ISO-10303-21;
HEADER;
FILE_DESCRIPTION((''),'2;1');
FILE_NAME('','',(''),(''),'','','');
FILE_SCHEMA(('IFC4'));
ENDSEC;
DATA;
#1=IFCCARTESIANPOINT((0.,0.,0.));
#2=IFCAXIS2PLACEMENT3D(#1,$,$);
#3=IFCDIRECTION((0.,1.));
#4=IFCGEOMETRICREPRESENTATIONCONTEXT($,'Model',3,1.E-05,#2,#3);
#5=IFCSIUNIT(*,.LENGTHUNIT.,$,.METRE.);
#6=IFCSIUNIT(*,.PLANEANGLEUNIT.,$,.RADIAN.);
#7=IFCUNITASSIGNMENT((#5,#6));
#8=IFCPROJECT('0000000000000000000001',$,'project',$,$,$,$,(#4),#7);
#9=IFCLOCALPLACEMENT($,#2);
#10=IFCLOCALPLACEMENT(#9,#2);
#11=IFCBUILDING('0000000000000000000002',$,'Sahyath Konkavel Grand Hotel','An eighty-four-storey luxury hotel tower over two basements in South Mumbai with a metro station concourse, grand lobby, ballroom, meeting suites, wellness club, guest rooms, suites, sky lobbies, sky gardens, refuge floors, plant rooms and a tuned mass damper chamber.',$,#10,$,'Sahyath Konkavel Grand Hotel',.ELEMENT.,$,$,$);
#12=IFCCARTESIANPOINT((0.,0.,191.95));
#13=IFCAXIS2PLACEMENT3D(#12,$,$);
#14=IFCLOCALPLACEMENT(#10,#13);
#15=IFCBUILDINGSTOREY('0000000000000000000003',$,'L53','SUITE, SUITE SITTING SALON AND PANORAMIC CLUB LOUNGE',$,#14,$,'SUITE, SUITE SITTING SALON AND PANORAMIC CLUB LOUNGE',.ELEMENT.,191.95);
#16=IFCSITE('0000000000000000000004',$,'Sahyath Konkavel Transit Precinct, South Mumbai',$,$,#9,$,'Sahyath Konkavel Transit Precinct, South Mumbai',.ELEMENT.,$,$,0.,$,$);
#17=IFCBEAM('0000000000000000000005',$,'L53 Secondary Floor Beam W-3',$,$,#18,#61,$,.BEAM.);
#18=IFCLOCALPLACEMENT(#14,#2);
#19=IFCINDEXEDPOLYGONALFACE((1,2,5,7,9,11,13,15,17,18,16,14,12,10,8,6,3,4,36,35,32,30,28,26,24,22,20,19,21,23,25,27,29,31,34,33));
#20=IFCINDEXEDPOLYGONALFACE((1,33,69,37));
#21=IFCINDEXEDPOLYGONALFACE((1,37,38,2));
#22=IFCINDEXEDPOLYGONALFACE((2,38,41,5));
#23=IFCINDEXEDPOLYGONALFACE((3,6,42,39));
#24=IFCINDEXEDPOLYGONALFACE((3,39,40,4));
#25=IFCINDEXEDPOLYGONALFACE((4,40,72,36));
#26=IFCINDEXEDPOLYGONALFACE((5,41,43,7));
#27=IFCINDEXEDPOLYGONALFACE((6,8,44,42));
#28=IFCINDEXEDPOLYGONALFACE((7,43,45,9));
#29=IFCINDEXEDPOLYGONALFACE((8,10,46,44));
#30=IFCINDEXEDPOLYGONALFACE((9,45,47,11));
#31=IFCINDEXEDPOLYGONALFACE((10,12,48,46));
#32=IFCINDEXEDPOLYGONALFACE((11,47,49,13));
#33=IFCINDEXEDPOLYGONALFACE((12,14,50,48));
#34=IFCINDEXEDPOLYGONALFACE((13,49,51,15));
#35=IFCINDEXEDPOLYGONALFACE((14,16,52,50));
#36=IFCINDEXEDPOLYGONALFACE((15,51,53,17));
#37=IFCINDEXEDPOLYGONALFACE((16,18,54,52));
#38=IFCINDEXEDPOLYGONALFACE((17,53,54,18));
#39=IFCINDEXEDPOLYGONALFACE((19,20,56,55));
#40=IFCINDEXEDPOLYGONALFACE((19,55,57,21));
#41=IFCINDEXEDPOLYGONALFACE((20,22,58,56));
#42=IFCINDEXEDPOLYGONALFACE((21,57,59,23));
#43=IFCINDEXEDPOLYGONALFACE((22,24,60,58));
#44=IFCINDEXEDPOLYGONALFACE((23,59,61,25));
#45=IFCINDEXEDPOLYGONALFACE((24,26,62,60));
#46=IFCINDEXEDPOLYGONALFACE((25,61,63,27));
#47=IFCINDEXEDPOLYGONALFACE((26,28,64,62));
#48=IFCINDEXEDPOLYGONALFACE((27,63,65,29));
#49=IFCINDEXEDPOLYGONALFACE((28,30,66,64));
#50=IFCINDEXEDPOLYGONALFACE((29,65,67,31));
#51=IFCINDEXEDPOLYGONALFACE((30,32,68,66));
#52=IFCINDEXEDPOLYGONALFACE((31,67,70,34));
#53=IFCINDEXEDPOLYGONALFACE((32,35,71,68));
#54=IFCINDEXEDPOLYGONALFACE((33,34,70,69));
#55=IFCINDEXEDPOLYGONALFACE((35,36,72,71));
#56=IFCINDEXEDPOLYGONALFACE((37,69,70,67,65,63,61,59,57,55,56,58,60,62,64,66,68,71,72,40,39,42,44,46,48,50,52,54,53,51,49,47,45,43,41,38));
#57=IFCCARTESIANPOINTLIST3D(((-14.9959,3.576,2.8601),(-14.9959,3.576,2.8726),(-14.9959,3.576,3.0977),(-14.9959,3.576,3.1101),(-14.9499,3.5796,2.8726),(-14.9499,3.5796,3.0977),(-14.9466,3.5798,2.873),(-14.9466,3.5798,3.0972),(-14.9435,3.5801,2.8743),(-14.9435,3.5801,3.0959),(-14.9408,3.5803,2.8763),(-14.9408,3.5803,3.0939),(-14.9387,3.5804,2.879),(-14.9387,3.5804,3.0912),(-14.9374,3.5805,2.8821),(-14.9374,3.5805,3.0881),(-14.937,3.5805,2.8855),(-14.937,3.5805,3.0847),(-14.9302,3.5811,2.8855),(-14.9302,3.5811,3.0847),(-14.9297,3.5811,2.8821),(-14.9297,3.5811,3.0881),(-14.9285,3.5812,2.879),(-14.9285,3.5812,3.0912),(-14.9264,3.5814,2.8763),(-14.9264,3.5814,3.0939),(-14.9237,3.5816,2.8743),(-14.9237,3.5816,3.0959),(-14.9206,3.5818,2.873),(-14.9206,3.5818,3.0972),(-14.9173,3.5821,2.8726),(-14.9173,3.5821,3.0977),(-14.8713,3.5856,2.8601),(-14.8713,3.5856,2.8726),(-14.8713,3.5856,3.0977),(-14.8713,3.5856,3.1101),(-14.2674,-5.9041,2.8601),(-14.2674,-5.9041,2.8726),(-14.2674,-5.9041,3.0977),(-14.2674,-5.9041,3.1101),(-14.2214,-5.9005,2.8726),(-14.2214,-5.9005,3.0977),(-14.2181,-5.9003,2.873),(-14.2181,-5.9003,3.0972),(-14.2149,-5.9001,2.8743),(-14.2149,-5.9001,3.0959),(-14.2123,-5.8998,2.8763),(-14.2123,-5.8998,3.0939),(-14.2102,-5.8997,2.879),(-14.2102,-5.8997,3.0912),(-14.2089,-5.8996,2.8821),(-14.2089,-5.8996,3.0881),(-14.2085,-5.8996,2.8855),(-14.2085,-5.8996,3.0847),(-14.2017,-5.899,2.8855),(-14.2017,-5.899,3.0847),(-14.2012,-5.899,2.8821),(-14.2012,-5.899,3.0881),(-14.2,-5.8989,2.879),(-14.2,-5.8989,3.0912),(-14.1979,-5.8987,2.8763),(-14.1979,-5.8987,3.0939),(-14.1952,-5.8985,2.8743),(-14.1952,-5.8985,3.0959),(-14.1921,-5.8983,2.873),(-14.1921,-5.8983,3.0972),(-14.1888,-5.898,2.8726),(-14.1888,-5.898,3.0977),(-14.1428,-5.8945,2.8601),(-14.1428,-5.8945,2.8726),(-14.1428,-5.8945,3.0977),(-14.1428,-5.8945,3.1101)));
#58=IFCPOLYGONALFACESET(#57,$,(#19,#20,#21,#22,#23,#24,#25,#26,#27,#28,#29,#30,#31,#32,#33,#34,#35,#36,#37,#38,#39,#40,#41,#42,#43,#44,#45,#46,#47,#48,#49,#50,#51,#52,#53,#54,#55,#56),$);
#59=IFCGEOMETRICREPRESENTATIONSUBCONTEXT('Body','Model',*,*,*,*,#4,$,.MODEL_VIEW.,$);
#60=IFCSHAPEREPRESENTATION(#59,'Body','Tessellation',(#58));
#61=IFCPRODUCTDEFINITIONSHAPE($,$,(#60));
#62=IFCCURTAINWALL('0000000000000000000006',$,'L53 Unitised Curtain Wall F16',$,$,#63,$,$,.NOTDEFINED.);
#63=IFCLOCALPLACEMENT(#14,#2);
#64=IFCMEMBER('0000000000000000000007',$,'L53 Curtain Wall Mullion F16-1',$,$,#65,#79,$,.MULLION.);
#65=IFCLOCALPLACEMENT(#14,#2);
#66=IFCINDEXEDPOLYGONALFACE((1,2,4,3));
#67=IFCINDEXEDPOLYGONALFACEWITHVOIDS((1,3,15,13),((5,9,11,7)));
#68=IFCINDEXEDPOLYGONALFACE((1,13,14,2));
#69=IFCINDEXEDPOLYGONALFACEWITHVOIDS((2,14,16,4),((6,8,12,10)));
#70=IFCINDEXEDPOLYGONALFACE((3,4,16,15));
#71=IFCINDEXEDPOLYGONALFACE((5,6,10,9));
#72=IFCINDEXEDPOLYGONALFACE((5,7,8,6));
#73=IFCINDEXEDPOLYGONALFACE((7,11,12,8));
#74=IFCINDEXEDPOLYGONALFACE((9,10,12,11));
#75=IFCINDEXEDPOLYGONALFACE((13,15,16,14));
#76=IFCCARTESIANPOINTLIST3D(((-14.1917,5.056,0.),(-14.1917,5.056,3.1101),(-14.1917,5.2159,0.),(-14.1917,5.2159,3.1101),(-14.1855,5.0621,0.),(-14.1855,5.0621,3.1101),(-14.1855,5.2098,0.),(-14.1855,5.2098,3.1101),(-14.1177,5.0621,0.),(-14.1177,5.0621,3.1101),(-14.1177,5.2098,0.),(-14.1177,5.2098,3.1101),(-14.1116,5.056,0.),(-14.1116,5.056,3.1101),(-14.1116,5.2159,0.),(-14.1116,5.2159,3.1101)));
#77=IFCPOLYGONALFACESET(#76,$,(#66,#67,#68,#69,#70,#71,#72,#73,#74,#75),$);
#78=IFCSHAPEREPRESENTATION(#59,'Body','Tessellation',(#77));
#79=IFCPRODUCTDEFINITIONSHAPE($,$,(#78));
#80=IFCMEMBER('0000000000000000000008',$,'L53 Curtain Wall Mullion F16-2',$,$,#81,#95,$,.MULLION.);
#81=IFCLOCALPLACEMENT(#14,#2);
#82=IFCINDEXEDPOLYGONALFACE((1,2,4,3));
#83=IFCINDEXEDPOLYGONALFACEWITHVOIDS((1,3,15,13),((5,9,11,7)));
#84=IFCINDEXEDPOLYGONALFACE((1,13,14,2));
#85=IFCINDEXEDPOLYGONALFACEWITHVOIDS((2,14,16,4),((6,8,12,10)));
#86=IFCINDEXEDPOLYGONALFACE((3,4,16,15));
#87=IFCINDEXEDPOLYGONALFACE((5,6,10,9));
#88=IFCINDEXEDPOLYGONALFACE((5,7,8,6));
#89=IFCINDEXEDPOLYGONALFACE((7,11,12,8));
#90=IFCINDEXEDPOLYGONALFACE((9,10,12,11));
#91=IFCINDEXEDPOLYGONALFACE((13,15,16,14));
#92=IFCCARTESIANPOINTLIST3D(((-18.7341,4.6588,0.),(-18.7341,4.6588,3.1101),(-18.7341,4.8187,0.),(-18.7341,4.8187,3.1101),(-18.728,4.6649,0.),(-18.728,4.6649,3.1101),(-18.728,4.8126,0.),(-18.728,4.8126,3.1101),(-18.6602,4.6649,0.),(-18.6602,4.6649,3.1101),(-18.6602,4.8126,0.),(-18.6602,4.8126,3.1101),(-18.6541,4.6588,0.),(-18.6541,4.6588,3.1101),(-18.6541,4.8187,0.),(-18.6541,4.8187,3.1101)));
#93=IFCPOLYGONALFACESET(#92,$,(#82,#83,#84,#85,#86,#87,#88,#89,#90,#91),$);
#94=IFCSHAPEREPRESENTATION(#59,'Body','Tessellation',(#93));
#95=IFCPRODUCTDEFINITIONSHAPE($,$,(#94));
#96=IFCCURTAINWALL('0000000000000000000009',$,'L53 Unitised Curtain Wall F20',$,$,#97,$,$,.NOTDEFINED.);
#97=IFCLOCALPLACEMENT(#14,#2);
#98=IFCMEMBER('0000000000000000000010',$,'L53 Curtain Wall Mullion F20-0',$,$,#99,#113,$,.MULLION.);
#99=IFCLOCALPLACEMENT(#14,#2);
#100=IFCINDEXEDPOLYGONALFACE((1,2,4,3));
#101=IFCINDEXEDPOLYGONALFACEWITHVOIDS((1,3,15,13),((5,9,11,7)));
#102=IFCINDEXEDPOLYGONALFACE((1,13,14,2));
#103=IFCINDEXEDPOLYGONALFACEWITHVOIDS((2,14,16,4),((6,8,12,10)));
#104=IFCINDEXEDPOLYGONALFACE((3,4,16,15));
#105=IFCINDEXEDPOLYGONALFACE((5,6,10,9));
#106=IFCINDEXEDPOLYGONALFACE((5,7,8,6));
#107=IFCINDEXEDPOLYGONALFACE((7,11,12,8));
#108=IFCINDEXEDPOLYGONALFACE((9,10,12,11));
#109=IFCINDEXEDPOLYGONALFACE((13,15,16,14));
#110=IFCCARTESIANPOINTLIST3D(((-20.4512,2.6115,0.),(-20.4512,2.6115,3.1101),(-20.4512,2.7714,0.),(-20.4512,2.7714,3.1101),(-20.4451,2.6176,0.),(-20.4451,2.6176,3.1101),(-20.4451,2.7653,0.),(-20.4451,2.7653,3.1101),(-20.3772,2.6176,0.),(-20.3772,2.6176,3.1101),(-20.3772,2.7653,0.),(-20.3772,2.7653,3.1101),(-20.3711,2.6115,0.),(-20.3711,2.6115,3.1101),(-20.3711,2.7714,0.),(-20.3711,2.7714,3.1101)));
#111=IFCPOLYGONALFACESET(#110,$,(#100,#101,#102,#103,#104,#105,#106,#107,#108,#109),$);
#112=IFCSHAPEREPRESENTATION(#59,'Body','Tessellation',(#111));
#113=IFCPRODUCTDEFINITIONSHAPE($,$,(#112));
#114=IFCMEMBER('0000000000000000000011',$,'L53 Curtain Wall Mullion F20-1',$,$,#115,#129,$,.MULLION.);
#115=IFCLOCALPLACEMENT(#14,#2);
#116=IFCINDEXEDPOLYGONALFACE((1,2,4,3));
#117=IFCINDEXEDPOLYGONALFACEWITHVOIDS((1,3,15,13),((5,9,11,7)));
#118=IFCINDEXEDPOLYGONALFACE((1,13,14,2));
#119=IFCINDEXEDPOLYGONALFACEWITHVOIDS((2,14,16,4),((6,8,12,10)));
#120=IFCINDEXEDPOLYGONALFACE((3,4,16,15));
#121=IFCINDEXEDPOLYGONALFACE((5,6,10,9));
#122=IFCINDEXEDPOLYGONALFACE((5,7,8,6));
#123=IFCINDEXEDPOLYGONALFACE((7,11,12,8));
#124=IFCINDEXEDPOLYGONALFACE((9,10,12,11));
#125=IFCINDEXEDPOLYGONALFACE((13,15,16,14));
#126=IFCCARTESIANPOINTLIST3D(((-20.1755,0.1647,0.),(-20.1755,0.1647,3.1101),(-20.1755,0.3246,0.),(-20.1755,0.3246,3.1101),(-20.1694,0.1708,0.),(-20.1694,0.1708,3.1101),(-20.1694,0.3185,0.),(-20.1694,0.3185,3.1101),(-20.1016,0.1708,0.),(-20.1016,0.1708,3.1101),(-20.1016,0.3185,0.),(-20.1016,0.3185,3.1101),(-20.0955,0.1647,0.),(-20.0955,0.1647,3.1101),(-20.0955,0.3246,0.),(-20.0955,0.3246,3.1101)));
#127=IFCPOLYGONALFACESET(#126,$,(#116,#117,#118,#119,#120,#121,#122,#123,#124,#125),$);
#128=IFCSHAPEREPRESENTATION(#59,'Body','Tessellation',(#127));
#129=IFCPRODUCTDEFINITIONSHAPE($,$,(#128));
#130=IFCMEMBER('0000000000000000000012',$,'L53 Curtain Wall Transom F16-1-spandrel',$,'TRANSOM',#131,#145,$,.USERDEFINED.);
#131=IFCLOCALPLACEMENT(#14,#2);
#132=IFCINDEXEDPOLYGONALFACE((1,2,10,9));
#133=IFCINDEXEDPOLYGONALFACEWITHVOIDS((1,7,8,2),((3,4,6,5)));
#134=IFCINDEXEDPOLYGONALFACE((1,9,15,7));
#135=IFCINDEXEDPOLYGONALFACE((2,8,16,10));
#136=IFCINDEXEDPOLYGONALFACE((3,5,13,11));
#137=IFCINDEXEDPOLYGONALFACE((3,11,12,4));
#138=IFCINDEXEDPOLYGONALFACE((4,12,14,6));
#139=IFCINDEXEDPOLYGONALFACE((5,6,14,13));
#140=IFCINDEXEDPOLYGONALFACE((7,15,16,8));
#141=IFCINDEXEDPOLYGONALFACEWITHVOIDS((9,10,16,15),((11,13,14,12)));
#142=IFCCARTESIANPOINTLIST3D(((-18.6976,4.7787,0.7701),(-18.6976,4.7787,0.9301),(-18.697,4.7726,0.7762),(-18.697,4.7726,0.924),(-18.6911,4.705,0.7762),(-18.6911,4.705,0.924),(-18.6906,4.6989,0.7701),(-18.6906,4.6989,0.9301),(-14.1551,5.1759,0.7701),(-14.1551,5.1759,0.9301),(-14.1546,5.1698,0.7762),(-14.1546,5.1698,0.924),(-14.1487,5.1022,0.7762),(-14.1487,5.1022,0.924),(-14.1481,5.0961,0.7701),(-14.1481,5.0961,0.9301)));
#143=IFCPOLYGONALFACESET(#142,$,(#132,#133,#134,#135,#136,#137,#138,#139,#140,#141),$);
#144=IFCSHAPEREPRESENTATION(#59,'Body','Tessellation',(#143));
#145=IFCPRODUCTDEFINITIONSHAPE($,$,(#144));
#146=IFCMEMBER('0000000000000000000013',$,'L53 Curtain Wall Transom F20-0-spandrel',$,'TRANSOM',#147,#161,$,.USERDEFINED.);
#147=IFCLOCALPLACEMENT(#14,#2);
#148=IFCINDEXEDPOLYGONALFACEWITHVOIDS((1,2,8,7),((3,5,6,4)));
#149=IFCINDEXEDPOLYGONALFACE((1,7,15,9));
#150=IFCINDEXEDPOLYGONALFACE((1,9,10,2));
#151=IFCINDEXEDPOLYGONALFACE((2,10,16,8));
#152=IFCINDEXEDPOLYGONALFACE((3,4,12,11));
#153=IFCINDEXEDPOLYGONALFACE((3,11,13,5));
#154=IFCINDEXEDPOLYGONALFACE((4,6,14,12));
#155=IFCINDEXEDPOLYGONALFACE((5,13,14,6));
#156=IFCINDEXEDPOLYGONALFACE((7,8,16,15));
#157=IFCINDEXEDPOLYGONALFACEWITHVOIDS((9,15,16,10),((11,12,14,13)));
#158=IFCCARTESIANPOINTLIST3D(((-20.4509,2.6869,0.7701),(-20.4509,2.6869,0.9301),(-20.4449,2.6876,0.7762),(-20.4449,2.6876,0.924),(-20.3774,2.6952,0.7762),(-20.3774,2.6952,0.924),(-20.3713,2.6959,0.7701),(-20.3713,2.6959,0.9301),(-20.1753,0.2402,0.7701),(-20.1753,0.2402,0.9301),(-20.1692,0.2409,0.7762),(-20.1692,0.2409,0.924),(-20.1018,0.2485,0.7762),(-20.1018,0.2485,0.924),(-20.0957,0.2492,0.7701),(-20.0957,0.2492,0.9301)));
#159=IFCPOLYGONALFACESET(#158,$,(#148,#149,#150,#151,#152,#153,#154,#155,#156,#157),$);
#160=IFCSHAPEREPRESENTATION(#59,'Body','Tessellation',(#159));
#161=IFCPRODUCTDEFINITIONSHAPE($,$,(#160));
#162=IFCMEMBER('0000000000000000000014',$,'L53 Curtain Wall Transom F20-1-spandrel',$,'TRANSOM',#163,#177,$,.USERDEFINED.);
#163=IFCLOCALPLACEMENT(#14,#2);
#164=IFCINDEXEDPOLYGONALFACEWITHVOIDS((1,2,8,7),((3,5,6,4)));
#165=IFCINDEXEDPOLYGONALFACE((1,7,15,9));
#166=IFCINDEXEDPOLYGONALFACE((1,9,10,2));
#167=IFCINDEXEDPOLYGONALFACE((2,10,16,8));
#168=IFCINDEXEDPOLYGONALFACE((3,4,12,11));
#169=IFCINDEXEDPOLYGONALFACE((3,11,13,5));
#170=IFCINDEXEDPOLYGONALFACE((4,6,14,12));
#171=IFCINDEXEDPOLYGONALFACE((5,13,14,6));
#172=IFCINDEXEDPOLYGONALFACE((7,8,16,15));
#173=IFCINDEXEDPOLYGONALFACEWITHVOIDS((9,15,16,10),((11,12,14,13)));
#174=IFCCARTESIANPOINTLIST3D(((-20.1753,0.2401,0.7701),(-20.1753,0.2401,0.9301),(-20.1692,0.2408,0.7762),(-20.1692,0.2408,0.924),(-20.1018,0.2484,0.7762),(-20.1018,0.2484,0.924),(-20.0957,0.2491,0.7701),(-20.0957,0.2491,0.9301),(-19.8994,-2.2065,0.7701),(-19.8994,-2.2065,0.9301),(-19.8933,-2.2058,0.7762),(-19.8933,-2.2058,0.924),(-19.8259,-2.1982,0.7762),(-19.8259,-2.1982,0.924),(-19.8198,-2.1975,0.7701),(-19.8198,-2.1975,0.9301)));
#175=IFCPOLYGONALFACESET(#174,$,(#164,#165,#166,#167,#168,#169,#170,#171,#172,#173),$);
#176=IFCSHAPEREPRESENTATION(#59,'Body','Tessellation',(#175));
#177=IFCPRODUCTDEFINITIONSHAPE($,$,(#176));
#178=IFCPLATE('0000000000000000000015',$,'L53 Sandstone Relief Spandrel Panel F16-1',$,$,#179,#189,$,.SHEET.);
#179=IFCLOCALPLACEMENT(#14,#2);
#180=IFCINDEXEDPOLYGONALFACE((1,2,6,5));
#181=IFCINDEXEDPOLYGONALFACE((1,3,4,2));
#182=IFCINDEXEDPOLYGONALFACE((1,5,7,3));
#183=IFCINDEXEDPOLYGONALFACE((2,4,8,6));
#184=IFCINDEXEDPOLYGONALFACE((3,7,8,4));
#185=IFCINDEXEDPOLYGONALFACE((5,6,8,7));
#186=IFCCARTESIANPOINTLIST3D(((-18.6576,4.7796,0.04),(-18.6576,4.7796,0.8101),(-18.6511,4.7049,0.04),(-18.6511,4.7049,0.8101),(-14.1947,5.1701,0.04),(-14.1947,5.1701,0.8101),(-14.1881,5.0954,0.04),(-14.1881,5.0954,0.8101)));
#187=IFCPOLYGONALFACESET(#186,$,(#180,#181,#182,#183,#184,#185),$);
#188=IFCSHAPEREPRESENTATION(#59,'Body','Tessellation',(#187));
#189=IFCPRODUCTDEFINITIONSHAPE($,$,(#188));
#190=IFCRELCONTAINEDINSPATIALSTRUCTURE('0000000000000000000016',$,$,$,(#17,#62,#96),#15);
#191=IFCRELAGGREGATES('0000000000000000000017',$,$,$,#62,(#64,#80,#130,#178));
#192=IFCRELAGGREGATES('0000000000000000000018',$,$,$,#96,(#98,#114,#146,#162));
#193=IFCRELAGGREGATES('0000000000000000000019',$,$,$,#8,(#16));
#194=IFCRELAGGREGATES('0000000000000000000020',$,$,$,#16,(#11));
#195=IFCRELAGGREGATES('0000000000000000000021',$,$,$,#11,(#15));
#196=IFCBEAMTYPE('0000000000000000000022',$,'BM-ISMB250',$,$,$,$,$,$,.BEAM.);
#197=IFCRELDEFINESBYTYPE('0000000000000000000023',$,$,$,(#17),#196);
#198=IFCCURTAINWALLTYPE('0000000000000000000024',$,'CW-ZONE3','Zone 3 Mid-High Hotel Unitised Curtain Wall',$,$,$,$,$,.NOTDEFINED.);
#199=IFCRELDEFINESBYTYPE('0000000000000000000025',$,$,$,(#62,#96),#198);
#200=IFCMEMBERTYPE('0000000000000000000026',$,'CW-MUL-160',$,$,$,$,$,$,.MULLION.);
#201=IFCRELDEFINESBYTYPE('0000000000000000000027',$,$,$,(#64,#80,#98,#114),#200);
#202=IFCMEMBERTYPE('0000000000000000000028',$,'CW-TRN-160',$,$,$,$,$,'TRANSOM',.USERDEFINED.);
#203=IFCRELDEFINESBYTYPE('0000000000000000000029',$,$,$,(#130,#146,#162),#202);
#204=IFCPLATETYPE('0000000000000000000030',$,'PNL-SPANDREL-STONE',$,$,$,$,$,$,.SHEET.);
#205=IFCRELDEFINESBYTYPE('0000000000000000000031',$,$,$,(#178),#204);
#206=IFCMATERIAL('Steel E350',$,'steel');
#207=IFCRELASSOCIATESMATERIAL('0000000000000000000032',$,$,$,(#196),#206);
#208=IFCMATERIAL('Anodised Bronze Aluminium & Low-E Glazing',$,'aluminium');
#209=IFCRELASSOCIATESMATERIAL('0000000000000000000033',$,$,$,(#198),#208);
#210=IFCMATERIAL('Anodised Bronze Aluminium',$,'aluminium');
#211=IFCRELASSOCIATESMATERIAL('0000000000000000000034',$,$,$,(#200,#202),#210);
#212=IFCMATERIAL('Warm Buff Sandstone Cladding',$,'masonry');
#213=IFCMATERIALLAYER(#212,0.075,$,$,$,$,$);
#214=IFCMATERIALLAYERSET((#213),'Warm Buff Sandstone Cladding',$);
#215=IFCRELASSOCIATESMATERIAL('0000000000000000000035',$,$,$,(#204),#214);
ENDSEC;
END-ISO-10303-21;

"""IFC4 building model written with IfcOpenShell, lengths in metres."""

from ifc_helpers import new_model, si_unit, direction, frame, origin, origin_2d, place, context, subcontext, project, spatial, rectangle, hollow_rectangle, i_section, extrude, source, transform, mapped, material, layer, layer_set, material_profile, profile_set, type_object, element, aggregate, save


model = new_model("IFC4")

# Units and contexts
model_context = context("Model", 3, precision=1e-05, world=origin(), true_north=direction((0.0, 1.0)))
body_context = subcontext(model_context, "Body", "Model", "MODEL_VIEW")
ifc_project = project(units=[si_unit("LENGTHUNIT", "METRE"), si_unit("PLANEANGLEUNIT", "RADIAN")], contexts=[model_context])

# Site, building, storey
site_placement = place(None, origin())
site = spatial("IfcSite", under=ifc_project, at=site_placement, Name="Sahyath Konkavel Transit Precinct, South Mumbai", LongName="Sahyath Konkavel Transit Precinct, South Mumbai", CompositionType="ELEMENT", RefElevation=0.0)
building_placement = place(site_placement, origin())
building = spatial("IfcBuilding", under=site, at=building_placement, Name="Sahyath Konkavel Grand Hotel", Description="An eighty-four-storey luxury hotel tower over two basements in South Mumbai with a metro station concourse, grand lobby, ballroom, meeting suites, wellness club, guest rooms, suites, sky lobbies, sky gardens, refuge floors, plant rooms and a tuned mass damper chamber.", LongName="Sahyath Konkavel Grand Hotel", CompositionType="ELEMENT")
storey_placement = place(building_placement, frame((0.0, 0.0, 191.95)))
storey = spatial("IfcBuildingStorey", under=building, at=storey_placement, Name="L53", Description="SUITE, SUITE SITTING SALON AND PANORAMIC CLUB LOUNGE", LongName="SUITE, SUITE SITTING SALON AND PANORAMIC CLUB LOUNGE", CompositionType="ELEMENT", Elevation=191.95)

# Beam
ifc_material_1 = material(Name="Steel E350", Category="steel")
ifc_material_profile_1 = material_profile(ifc_material_1, i_section(OverallWidth=0.125, OverallDepth=0.25, WebThickness=0.0068, FlangeThickness=0.0125, FilletRadius=0.0129, at=origin_2d()), Name="ISMB 250")
ifc_profile_set_1 = profile_set([ifc_material_profile_1], Name="Steel E350")
beam_type_1 = type_object("IfcBeamType", Name="BM-ISMB250", PredefinedType="BEAM", material=ifc_profile_set_1)
shared_shape_1 = source(origin(), body_context, "Body", "SweptSolid", [
    extrude(i_section(OverallWidth=0.125, OverallDepth=0.25, WebThickness=0.0068, FlangeThickness=0.0125, FilletRadius=0.0129, at=origin_2d()), origin(), (0.0, 0.0, 1.0), 9.5081),
])
beam_1_placement = place(storey_placement, frame((-14.9336, 3.5808, 2.9851), z_axis=(0.07662, -0.99706, 0.0), x_axis=(0.99706, 0.07662, 0.0)))
element("IfcBeam", 1, at=beam_1_placement, inside=storey, type_object=beam_type_1, Name="L53 Secondary Floor Beam W-3", PredefinedType="BEAM", context=body_context, shape_type="MappedRepresentation", body=[
    mapped(shared_shape_1, transform((0.0, 0.0, 0.0), scale=1.0)),
])

# Curtain walls, members
ifc_material_2 = material(Name="Anodised Bronze Aluminium & Low-E Glazing", Category="aluminium")
curtain_wall_type = type_object("IfcCurtainWallType", Name="CW-ZONE3", Description="Zone 3 Mid-High Hotel Unitised Curtain Wall", PredefinedType="NOTDEFINED", material=ifc_material_2)
curtain_wall_1_placement = place(storey_placement, origin())
curtain_wall_1 = element("IfcCurtainWall", 2, at=curtain_wall_1_placement, inside=storey, type_object=curtain_wall_type, Name="L53 Unitised Curtain Wall F16", PredefinedType="NOTDEFINED")
ifc_material_3 = material(Name="Anodised Bronze Aluminium", Category="aluminium")
ifc_material_profile_2 = material_profile(ifc_material_3, hollow_rectangle(XDim=0.0801, YDim=0.1599, WallThickness=0.0061, at=origin_2d()), Name="RHS 160x80x6")
ifc_profile_set_2 = profile_set([ifc_material_profile_2], Name="Anodised Bronze Aluminium")
member_type_1 = type_object("IfcMemberType", Name="CW-MUL-160", PredefinedType="MULLION", material=ifc_profile_set_2)
shared_shape_2 = source(origin(), body_context, "Body", "SweptSolid", [
    extrude(hollow_rectangle(XDim=0.0801, YDim=0.1599, WallThickness=0.0061, at=origin_2d()), origin(), (0.0, 0.0, 1.0), 3.1101),
])
member_1_placement = place(storey_placement, frame((-14.1516, 5.136, 0.0), z_axis=(0.0, 0.0, 1.0), x_axis=(1.0, 0.0, 0.0)))
member_1 = element("IfcMember", 3, at=member_1_placement, type_object=member_type_1, Name="L53 Curtain Wall Mullion F16-1", PredefinedType="MULLION", context=body_context, shape_type="MappedRepresentation", body=[
    mapped(shared_shape_2, transform((0.0, 0.0, 0.0), scale=1.0)),
])
member_2_placement = place(storey_placement, frame((-18.6941, 4.7388, 0.0), z_axis=(0.0, 0.0, 1.0), x_axis=(1.0, 0.0, 0.0)))
member_2 = element("IfcMember", 4, at=member_2_placement, type_object=member_type_1, Name="L53 Curtain Wall Mullion F16-2", PredefinedType="MULLION", context=body_context, shape_type="MappedRepresentation", body=[
    mapped(shared_shape_2, transform((0.0, 0.0, 0.0), scale=1.0)),
])
curtain_wall_2_placement = place(storey_placement, origin())
curtain_wall_2 = element("IfcCurtainWall", 5, at=curtain_wall_2_placement, inside=storey, type_object=curtain_wall_type, Name="L53 Unitised Curtain Wall F20", PredefinedType="NOTDEFINED")
member_3_placement = place(storey_placement, frame((-20.4111, 2.6914, 0.0), z_axis=(0.0, 0.0, 1.0), x_axis=(1.0, 0.0, 0.0)))
member_3 = element("IfcMember", 6, at=member_3_placement, type_object=member_type_1, Name="L53 Curtain Wall Mullion F20-0", PredefinedType="MULLION", context=body_context, shape_type="MappedRepresentation", body=[
    mapped(shared_shape_2, transform((0.0, 0.0, 0.0), scale=1.0)),
])
member_4_placement = place(storey_placement, frame((-20.1355, 0.2446, 0.0), z_axis=(0.0, 0.0, 1.0), x_axis=(1.0, 0.0, 0.0)))
member_4 = element("IfcMember", 7, at=member_4_placement, type_object=member_type_1, Name="L53 Curtain Wall Mullion F20-1", PredefinedType="MULLION", context=body_context, shape_type="MappedRepresentation", body=[
    mapped(shared_shape_2, transform((0.0, 0.0, 0.0), scale=1.0)),
])

# Members
ifc_material_profile_3 = material_profile(ifc_material_3, hollow_rectangle(XDim=0.0801, YDim=0.1599, WallThickness=0.0061, at=origin_2d()), Name="RHS 160x80x6")
ifc_profile_set_3 = profile_set([ifc_material_profile_3], Name="Anodised Bronze Aluminium")
member_type_2 = type_object("IfcMemberType", Name="CW-TRN-160", ElementType="TRANSOM", PredefinedType="USERDEFINED", material=ifc_profile_set_3)
shared_shape_3 = source(origin(), body_context, "Body", "SweptSolid", [
    extrude(hollow_rectangle(XDim=0.0801, YDim=0.1599, WallThickness=0.0061, at=origin_2d()), origin(), (0.0, 0.0, 1.0), 4.5598),
])
member_5_placement = place(storey_placement, frame((-14.1516, 5.136, 0.8501), z_axis=(-0.996198, -0.087112, 0.0), x_axis=(0.087112, -0.996198, 0.0)))
member_5 = element("IfcMember", 8, at=member_5_placement, type_object=member_type_2, Name="L53 Curtain Wall Transom F16-1-spandrel", ObjectType="TRANSOM", PredefinedType="USERDEFINED", context=body_context, shape_type="MappedRepresentation", body=[
    mapped(shared_shape_3, transform((0.0, 0.0, 0.0), scale=1.0)),
])
shared_shape_4 = source(origin(), body_context, "Body", "SweptSolid", [
    extrude(hollow_rectangle(XDim=0.0801, YDim=0.1599, WallThickness=0.0061, at=origin_2d()), origin(), (0.0, 0.0, 1.0), 2.4622),
])
member_6_placement = place(storey_placement, frame((-20.4111, 2.6914, 0.8501), z_axis=(0.111944, -0.993715, 0.0), x_axis=(0.993715, 0.111944, 0.0)))
member_6 = element("IfcMember", 9, at=member_6_placement, type_object=member_type_2, Name="L53 Curtain Wall Transom F20-0-spandrel", ObjectType="TRANSOM", PredefinedType="USERDEFINED", context=body_context, shape_type="MappedRepresentation", body=[
    mapped(shared_shape_4, transform((0.0, 0.0, 0.0), scale=1.0)),
])
member_7_placement = place(storey_placement, frame((-20.1355, 0.2446, 0.8501), z_axis=(0.112053, -0.993702, 0.0), x_axis=(0.993702, 0.112053, 0.0)))
member_7 = element("IfcMember", 10, at=member_7_placement, type_object=member_type_2, Name="L53 Curtain Wall Transom F20-1-spandrel", ObjectType="TRANSOM", PredefinedType="USERDEFINED", context=body_context, shape_type="MappedRepresentation", body=[
    mapped(shared_shape_4, transform((0.0, 0.0, 0.0), scale=1.0)),
])

# Plate
ifc_material_4 = material(Name="Warm Buff Sandstone Cladding", Category="masonry")
ifc_layer_1 = layer(ifc_material_4, 0.075)
ifc_layer_set_1 = layer_set([ifc_layer_1], Name="Warm Buff Sandstone Cladding")
plate_type_1 = type_object("IfcPlateType", Name="PNL-SPANDREL-STONE", PredefinedType="SHEET", material=ifc_layer_set_1)
shared_shape_5 = source(origin(), body_context, "Body", "SweptSolid", [
    extrude(rectangle(XDim=4.48, YDim=0.075, at=origin_2d()), origin(), (0.0, 0.0, 1.0), 0.77),
])
plate_1_placement = place(storey_placement, frame((-16.4229, 4.9375, 0.04), z_axis=(0.0, 0.0, 1.0), x_axis=(-0.996195, -0.087156, 0.0)))
plate_1 = element("IfcPlate", 11, at=plate_1_placement, type_object=plate_type_1, Name="L53 Sandstone Relief Spandrel Panel F16-1", PredefinedType="SHEET", context=body_context, shape_type="MappedRepresentation", body=[
    mapped(shared_shape_5, transform((0.0, 0.0, 0.0), scale=1.0)),
])
aggregate(curtain_wall_1, [member_1, member_2, member_5, plate_1])
aggregate(curtain_wall_2, [member_3, member_4, member_6, member_7])

save(model, "model.ifc")
